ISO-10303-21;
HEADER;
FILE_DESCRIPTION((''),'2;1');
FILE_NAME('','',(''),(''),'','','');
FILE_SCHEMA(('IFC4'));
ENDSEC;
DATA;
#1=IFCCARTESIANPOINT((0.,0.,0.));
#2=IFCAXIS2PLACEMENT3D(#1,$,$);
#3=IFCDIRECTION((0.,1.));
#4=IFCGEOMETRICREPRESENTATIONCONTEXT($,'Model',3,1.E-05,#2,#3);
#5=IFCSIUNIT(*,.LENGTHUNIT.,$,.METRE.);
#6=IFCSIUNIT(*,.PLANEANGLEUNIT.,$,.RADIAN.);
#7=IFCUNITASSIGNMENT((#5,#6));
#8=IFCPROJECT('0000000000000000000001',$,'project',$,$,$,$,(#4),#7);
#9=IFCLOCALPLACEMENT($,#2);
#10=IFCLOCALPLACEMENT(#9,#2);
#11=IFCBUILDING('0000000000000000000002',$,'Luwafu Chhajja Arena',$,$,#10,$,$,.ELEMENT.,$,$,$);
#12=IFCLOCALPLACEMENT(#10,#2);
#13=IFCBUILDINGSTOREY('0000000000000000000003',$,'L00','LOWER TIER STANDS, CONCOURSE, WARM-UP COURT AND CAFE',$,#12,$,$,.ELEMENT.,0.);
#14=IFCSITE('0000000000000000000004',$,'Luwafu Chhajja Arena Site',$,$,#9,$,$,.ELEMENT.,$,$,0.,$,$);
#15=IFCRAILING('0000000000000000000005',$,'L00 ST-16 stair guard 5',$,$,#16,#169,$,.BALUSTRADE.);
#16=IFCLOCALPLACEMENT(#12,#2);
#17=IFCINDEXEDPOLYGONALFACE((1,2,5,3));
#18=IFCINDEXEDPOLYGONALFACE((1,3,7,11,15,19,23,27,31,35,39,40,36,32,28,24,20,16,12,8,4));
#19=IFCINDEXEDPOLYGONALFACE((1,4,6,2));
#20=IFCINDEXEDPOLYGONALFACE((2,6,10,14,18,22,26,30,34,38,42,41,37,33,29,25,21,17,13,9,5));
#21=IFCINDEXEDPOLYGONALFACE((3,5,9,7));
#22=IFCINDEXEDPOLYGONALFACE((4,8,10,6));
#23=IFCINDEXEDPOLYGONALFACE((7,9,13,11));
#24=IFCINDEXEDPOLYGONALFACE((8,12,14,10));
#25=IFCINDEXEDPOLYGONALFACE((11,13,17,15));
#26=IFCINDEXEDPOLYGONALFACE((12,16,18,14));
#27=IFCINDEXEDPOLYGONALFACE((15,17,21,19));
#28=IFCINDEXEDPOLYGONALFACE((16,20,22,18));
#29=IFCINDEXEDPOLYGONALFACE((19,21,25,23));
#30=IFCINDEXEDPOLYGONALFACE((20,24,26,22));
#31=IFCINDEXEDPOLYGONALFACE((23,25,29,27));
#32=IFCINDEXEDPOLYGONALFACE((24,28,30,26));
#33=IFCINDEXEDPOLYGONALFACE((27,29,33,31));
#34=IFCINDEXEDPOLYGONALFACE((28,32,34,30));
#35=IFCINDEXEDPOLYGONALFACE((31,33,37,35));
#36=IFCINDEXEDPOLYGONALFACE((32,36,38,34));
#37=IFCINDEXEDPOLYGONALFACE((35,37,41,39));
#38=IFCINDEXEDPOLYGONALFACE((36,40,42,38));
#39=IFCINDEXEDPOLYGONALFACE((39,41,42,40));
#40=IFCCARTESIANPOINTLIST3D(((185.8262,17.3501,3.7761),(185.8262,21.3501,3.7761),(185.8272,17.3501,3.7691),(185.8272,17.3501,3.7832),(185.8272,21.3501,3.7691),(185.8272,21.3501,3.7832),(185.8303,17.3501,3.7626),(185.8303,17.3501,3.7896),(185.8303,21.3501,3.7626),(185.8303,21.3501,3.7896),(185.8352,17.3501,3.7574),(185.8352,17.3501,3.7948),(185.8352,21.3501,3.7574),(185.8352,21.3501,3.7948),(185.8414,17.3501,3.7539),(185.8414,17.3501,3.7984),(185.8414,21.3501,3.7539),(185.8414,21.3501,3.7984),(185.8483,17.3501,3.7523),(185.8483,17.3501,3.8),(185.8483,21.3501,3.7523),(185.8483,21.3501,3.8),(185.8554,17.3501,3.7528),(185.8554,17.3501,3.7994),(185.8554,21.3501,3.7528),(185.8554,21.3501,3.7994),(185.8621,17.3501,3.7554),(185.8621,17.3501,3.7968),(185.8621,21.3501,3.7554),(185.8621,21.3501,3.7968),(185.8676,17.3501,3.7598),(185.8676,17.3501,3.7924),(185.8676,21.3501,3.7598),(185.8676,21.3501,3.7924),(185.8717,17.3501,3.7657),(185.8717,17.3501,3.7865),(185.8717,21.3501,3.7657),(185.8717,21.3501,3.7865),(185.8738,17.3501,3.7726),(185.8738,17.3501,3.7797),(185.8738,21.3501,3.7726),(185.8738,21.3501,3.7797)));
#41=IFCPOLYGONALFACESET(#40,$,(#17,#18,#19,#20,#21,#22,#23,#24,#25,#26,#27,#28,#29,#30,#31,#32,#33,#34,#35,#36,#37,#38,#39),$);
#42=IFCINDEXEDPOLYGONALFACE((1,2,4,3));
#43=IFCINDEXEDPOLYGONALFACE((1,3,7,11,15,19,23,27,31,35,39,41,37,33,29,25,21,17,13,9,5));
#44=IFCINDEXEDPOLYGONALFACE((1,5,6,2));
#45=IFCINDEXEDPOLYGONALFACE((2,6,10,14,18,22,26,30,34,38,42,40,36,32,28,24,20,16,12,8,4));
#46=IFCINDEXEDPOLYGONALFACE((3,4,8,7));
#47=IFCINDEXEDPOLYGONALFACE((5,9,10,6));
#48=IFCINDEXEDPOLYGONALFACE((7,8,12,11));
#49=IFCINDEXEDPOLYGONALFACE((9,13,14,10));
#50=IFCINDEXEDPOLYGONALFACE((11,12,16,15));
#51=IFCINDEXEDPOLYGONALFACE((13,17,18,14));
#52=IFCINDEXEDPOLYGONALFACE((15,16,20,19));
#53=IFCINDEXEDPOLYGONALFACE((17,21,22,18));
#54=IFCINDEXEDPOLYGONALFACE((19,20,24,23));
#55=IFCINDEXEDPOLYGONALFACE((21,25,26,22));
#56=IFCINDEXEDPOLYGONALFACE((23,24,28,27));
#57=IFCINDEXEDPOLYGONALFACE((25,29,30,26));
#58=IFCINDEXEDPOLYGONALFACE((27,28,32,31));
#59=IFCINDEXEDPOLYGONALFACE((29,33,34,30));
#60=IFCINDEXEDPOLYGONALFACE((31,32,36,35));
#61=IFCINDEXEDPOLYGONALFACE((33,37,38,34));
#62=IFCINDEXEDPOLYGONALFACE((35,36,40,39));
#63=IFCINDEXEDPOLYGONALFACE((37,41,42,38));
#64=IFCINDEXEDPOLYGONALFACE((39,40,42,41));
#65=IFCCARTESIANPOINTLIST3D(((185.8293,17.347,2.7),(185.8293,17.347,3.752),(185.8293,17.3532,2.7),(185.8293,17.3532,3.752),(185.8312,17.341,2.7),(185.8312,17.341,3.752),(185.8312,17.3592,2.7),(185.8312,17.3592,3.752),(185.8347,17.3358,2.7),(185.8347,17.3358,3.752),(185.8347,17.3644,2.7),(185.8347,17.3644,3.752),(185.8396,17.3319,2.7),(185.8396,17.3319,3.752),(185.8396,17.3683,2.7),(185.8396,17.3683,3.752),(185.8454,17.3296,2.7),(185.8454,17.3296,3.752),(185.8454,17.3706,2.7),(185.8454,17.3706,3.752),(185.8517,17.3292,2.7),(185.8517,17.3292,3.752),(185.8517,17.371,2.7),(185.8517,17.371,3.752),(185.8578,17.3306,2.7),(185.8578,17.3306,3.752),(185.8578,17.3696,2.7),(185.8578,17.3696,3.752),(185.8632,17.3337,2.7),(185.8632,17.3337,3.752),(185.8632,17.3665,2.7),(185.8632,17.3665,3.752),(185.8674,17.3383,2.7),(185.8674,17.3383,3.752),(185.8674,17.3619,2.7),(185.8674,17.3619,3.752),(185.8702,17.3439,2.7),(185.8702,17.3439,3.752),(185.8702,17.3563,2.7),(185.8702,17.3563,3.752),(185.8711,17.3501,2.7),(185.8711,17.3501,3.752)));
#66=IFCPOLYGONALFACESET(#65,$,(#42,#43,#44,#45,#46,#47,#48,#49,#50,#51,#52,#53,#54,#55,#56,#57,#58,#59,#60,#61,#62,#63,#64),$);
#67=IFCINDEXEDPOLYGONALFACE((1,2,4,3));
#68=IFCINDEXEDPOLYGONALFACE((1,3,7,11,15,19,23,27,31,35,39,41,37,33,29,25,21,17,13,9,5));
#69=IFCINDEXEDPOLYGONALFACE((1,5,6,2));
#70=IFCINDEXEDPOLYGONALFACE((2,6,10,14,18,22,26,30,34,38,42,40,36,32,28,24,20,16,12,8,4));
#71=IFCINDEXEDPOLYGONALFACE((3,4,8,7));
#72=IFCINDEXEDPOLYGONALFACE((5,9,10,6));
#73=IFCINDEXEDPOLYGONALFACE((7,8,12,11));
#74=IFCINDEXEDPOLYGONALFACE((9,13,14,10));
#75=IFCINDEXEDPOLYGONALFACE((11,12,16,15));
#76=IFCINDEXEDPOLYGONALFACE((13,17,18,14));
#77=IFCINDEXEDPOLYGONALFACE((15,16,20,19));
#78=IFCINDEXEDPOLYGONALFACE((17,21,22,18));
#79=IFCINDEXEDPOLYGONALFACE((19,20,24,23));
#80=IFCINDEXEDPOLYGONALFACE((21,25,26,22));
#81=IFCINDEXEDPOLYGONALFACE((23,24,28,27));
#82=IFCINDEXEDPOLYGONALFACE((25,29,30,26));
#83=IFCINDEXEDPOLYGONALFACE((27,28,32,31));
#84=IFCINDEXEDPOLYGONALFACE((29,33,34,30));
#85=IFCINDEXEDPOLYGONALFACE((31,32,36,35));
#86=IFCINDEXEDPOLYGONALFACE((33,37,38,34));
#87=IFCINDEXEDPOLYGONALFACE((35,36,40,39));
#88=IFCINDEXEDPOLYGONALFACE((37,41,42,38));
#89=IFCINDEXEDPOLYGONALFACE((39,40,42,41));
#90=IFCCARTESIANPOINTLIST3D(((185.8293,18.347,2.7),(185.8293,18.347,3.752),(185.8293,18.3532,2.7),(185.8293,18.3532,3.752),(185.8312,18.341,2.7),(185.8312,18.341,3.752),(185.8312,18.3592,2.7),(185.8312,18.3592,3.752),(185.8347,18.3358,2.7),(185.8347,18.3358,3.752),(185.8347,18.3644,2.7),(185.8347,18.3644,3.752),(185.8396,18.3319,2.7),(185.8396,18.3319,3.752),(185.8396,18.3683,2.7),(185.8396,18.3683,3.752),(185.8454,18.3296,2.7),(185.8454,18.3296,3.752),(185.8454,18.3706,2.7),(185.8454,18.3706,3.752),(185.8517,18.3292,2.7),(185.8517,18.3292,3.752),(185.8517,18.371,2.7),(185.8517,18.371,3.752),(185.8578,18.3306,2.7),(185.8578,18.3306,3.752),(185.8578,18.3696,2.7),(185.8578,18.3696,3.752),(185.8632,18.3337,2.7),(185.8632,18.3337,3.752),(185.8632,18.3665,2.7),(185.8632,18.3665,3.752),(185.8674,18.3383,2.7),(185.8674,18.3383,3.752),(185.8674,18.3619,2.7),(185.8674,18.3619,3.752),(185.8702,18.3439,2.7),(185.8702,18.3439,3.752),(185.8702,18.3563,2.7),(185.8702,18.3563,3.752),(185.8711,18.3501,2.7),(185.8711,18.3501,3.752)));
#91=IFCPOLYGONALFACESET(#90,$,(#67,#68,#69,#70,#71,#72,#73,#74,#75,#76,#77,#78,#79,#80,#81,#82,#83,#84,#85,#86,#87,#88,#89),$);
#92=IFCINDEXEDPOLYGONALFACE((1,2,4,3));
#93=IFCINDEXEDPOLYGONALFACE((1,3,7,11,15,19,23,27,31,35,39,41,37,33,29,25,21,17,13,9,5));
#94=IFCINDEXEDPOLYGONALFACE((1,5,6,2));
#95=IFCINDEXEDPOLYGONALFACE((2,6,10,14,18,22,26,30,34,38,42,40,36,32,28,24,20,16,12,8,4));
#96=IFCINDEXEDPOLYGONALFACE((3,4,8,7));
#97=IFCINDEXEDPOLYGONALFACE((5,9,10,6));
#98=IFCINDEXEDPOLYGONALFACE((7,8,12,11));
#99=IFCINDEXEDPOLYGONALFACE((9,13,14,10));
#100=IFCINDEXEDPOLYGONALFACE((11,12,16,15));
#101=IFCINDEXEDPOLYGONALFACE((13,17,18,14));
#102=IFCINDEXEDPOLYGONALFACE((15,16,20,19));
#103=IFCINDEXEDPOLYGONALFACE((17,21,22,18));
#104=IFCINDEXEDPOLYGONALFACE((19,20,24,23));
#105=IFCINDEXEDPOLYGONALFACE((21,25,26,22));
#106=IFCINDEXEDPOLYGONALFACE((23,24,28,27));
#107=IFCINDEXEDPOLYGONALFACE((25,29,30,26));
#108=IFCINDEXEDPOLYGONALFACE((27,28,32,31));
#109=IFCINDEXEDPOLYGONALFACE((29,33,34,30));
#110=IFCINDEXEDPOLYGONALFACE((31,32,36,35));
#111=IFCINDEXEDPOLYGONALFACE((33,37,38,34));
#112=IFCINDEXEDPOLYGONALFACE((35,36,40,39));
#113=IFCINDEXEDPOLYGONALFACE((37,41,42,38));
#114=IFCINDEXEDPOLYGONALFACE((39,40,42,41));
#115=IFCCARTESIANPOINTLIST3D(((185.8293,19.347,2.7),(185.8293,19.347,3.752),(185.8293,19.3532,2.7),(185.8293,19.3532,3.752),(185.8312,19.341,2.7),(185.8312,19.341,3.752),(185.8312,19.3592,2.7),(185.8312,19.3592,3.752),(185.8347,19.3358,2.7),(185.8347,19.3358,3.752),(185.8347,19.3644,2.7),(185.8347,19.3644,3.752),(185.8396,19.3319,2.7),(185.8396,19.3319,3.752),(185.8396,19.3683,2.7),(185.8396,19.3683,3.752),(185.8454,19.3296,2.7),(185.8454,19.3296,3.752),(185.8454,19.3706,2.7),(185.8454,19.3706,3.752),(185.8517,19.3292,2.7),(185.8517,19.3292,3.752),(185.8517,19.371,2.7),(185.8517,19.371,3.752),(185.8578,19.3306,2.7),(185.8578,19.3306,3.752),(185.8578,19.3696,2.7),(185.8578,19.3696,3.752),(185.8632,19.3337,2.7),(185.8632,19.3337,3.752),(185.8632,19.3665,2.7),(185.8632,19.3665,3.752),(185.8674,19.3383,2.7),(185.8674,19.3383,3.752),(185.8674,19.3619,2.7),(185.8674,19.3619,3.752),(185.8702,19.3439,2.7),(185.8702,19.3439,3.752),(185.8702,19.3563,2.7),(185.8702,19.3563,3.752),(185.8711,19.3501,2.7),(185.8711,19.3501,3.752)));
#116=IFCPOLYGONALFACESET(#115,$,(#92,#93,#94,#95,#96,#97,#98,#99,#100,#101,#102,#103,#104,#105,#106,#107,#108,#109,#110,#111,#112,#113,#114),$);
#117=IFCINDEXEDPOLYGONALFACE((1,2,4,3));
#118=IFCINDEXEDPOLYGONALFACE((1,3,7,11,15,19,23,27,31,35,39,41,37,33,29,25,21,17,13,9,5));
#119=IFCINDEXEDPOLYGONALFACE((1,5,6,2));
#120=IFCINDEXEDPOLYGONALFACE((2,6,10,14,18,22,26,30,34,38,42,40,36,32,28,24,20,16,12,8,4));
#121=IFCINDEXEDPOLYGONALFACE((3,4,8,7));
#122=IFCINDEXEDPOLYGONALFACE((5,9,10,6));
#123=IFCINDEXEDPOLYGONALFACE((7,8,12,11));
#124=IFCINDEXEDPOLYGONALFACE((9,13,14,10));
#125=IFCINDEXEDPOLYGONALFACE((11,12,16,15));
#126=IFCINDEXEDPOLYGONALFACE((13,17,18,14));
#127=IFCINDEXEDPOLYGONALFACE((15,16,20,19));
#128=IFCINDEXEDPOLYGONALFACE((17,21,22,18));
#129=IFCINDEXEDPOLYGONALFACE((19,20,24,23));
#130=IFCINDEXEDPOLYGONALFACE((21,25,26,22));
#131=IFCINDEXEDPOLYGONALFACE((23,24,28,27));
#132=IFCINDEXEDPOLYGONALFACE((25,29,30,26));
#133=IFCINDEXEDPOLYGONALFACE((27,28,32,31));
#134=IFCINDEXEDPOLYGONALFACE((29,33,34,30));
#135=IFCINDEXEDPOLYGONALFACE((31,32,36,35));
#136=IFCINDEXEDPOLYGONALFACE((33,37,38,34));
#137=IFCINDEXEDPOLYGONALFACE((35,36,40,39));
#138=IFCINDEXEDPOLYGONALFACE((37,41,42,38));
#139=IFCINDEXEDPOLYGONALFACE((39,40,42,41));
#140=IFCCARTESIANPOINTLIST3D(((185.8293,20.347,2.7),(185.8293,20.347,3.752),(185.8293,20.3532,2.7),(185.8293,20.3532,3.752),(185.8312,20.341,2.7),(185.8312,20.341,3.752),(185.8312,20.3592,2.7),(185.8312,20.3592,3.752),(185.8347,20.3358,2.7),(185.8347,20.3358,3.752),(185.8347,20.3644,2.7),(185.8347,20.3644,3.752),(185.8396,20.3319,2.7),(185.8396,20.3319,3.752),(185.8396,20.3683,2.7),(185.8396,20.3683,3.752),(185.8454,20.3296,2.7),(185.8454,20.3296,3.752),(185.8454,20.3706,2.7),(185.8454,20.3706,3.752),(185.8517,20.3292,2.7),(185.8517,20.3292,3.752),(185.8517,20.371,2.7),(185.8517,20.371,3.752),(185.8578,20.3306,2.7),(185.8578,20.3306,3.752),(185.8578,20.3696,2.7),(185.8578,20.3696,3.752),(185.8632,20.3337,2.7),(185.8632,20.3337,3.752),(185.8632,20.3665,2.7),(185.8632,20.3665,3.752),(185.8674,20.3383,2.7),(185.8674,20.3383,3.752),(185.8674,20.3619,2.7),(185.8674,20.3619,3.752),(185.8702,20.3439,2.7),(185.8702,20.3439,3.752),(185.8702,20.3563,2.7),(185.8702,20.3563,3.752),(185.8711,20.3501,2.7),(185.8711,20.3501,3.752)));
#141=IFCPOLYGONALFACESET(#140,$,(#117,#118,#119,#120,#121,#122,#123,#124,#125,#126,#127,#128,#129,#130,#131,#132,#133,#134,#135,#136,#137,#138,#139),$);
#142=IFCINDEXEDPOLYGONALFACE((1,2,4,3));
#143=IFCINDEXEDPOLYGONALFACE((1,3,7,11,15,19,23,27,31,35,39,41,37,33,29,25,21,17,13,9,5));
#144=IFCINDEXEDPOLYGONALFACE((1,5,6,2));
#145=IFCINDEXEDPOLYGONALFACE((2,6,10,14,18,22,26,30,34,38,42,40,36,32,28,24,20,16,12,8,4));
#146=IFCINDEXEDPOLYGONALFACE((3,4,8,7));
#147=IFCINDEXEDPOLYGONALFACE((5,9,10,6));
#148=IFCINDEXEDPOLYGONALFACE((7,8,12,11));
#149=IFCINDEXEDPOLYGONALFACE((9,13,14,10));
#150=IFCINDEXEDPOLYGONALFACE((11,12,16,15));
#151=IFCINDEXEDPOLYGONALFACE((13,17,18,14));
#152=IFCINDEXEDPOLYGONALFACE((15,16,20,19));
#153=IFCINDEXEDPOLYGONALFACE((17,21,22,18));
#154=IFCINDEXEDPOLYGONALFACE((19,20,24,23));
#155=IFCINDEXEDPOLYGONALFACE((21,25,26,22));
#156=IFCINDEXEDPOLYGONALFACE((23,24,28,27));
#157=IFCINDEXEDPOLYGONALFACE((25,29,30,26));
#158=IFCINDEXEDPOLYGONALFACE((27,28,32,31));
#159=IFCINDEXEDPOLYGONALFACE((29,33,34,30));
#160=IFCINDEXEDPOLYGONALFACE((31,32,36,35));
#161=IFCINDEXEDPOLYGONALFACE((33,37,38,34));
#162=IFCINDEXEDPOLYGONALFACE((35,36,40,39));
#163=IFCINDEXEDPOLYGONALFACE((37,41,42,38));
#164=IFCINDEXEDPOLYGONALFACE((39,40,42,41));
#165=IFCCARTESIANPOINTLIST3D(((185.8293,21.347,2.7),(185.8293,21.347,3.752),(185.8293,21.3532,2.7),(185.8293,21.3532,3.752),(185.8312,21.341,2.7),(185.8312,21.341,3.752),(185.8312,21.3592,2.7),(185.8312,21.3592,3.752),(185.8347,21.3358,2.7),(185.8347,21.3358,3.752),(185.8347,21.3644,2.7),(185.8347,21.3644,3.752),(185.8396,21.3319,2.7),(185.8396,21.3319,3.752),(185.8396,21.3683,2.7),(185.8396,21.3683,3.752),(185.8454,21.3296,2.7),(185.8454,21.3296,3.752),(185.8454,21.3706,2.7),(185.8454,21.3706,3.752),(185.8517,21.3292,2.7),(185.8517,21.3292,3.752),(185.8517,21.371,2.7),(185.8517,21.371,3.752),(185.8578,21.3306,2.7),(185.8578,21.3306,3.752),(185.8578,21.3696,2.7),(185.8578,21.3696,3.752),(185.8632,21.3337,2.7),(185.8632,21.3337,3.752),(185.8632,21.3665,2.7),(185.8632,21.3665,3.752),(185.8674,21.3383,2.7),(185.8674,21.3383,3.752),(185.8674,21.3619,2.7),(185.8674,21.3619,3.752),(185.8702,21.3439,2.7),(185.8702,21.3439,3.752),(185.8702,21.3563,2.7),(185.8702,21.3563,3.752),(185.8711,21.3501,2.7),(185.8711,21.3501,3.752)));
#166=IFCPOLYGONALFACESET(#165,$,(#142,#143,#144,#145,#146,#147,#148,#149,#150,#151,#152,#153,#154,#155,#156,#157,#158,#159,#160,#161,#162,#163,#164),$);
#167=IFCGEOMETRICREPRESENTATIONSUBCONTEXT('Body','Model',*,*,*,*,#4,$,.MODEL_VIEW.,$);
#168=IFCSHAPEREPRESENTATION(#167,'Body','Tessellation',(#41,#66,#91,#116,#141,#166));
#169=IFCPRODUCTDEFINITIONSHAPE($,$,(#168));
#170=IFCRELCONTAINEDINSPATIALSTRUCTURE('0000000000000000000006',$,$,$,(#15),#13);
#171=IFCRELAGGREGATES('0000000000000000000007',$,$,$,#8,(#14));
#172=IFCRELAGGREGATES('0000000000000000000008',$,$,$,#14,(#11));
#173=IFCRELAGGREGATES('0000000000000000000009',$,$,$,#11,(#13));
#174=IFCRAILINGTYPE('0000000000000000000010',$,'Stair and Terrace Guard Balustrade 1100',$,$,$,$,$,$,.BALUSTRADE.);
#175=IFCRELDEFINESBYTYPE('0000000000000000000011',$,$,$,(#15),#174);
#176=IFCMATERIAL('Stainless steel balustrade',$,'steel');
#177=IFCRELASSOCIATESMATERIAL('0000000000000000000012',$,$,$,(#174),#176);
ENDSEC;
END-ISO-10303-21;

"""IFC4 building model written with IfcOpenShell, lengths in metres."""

from ifc_helpers import new_model, si_unit, direction, frame, origin, origin_2d, place, context, subcontext, project, spatial, circle, extrude, material, type_object, element, save


model = new_model("IFC4")

# Units and contexts
model_context = context("Model", 3, precision=1e-05, world=origin(), true_north=direction((0.0, 1.0)))
body_context = subcontext(model_context, "Body", "Model", "MODEL_VIEW")
ifc_project = project(units=[si_unit("LENGTHUNIT", "METRE"), si_unit("PLANEANGLEUNIT", "RADIAN")], contexts=[model_context])

# Site, building, storey
site_placement = place(None, origin())
site = spatial("IfcSite", under=ifc_project, at=site_placement, Name="Luwafu Chhajja Arena Site", CompositionType="ELEMENT", RefElevation=0.0)
building_placement = place(site_placement, origin())
building = spatial("IfcBuilding", under=site, at=building_placement, Name="Luwafu Chhajja Arena", CompositionType="ELEMENT")
storey_placement = place(building_placement, origin())
storey = spatial("IfcBuildingStorey", under=building, at=storey_placement, Name="L00", Description="LOWER TIER STANDS, CONCOURSE, WARM-UP COURT AND CAFE", CompositionType="ELEMENT", Elevation=0.0)

# Railing
ifc_material_1 = material(Name="Stainless steel balustrade", Category="steel")
railing_type_1 = type_object("IfcRailingType", Name="Stair and Terrace Guard Balustrade 1100", PredefinedType="BALUSTRADE", material=ifc_material_1)
railing_1_placement = place(storey_placement, frame((185.8501, 17.3501, 2.7)))
element("IfcRailing", 1, at=railing_1_placement, inside=storey, type_object=railing_type_1, Name="L00 ST-16 stair guard 5", PredefinedType="BALUSTRADE", context=body_context, shape_type="SweptSolid", body=[
    extrude(circle(Radius=0.0239, at=origin_2d()), frame((0.0, 0.0, 1.0762), z_axis=(0.0, 1.0, 0.0), x_axis=(-1.0, 0.0, 0.0)), (0.0, 0.0, 1.0), 4.0),
    extrude(circle(Radius=0.021, at=origin_2d()), origin(), (0.0, 0.0, 1.0), 1.052),
    extrude(circle(Radius=0.021, at=origin_2d()), frame((0.0, 1.0, 0.0)), (0.0, 0.0, 1.0), 1.052),
    extrude(circle(Radius=0.021, at=origin_2d()), frame((0.0, 2.0, 0.0)), (0.0, 0.0, 1.0), 1.052),
    extrude(circle(Radius=0.021, at=origin_2d()), frame((0.0, 3.0, 0.0)), (0.0, 0.0, 1.0), 1.052),
    extrude(circle(Radius=0.021, at=origin_2d()), frame((0.0, 4.0, 0.0)), (0.0, 0.0, 1.0), 1.052),
])

save(model, "model.ifc")
